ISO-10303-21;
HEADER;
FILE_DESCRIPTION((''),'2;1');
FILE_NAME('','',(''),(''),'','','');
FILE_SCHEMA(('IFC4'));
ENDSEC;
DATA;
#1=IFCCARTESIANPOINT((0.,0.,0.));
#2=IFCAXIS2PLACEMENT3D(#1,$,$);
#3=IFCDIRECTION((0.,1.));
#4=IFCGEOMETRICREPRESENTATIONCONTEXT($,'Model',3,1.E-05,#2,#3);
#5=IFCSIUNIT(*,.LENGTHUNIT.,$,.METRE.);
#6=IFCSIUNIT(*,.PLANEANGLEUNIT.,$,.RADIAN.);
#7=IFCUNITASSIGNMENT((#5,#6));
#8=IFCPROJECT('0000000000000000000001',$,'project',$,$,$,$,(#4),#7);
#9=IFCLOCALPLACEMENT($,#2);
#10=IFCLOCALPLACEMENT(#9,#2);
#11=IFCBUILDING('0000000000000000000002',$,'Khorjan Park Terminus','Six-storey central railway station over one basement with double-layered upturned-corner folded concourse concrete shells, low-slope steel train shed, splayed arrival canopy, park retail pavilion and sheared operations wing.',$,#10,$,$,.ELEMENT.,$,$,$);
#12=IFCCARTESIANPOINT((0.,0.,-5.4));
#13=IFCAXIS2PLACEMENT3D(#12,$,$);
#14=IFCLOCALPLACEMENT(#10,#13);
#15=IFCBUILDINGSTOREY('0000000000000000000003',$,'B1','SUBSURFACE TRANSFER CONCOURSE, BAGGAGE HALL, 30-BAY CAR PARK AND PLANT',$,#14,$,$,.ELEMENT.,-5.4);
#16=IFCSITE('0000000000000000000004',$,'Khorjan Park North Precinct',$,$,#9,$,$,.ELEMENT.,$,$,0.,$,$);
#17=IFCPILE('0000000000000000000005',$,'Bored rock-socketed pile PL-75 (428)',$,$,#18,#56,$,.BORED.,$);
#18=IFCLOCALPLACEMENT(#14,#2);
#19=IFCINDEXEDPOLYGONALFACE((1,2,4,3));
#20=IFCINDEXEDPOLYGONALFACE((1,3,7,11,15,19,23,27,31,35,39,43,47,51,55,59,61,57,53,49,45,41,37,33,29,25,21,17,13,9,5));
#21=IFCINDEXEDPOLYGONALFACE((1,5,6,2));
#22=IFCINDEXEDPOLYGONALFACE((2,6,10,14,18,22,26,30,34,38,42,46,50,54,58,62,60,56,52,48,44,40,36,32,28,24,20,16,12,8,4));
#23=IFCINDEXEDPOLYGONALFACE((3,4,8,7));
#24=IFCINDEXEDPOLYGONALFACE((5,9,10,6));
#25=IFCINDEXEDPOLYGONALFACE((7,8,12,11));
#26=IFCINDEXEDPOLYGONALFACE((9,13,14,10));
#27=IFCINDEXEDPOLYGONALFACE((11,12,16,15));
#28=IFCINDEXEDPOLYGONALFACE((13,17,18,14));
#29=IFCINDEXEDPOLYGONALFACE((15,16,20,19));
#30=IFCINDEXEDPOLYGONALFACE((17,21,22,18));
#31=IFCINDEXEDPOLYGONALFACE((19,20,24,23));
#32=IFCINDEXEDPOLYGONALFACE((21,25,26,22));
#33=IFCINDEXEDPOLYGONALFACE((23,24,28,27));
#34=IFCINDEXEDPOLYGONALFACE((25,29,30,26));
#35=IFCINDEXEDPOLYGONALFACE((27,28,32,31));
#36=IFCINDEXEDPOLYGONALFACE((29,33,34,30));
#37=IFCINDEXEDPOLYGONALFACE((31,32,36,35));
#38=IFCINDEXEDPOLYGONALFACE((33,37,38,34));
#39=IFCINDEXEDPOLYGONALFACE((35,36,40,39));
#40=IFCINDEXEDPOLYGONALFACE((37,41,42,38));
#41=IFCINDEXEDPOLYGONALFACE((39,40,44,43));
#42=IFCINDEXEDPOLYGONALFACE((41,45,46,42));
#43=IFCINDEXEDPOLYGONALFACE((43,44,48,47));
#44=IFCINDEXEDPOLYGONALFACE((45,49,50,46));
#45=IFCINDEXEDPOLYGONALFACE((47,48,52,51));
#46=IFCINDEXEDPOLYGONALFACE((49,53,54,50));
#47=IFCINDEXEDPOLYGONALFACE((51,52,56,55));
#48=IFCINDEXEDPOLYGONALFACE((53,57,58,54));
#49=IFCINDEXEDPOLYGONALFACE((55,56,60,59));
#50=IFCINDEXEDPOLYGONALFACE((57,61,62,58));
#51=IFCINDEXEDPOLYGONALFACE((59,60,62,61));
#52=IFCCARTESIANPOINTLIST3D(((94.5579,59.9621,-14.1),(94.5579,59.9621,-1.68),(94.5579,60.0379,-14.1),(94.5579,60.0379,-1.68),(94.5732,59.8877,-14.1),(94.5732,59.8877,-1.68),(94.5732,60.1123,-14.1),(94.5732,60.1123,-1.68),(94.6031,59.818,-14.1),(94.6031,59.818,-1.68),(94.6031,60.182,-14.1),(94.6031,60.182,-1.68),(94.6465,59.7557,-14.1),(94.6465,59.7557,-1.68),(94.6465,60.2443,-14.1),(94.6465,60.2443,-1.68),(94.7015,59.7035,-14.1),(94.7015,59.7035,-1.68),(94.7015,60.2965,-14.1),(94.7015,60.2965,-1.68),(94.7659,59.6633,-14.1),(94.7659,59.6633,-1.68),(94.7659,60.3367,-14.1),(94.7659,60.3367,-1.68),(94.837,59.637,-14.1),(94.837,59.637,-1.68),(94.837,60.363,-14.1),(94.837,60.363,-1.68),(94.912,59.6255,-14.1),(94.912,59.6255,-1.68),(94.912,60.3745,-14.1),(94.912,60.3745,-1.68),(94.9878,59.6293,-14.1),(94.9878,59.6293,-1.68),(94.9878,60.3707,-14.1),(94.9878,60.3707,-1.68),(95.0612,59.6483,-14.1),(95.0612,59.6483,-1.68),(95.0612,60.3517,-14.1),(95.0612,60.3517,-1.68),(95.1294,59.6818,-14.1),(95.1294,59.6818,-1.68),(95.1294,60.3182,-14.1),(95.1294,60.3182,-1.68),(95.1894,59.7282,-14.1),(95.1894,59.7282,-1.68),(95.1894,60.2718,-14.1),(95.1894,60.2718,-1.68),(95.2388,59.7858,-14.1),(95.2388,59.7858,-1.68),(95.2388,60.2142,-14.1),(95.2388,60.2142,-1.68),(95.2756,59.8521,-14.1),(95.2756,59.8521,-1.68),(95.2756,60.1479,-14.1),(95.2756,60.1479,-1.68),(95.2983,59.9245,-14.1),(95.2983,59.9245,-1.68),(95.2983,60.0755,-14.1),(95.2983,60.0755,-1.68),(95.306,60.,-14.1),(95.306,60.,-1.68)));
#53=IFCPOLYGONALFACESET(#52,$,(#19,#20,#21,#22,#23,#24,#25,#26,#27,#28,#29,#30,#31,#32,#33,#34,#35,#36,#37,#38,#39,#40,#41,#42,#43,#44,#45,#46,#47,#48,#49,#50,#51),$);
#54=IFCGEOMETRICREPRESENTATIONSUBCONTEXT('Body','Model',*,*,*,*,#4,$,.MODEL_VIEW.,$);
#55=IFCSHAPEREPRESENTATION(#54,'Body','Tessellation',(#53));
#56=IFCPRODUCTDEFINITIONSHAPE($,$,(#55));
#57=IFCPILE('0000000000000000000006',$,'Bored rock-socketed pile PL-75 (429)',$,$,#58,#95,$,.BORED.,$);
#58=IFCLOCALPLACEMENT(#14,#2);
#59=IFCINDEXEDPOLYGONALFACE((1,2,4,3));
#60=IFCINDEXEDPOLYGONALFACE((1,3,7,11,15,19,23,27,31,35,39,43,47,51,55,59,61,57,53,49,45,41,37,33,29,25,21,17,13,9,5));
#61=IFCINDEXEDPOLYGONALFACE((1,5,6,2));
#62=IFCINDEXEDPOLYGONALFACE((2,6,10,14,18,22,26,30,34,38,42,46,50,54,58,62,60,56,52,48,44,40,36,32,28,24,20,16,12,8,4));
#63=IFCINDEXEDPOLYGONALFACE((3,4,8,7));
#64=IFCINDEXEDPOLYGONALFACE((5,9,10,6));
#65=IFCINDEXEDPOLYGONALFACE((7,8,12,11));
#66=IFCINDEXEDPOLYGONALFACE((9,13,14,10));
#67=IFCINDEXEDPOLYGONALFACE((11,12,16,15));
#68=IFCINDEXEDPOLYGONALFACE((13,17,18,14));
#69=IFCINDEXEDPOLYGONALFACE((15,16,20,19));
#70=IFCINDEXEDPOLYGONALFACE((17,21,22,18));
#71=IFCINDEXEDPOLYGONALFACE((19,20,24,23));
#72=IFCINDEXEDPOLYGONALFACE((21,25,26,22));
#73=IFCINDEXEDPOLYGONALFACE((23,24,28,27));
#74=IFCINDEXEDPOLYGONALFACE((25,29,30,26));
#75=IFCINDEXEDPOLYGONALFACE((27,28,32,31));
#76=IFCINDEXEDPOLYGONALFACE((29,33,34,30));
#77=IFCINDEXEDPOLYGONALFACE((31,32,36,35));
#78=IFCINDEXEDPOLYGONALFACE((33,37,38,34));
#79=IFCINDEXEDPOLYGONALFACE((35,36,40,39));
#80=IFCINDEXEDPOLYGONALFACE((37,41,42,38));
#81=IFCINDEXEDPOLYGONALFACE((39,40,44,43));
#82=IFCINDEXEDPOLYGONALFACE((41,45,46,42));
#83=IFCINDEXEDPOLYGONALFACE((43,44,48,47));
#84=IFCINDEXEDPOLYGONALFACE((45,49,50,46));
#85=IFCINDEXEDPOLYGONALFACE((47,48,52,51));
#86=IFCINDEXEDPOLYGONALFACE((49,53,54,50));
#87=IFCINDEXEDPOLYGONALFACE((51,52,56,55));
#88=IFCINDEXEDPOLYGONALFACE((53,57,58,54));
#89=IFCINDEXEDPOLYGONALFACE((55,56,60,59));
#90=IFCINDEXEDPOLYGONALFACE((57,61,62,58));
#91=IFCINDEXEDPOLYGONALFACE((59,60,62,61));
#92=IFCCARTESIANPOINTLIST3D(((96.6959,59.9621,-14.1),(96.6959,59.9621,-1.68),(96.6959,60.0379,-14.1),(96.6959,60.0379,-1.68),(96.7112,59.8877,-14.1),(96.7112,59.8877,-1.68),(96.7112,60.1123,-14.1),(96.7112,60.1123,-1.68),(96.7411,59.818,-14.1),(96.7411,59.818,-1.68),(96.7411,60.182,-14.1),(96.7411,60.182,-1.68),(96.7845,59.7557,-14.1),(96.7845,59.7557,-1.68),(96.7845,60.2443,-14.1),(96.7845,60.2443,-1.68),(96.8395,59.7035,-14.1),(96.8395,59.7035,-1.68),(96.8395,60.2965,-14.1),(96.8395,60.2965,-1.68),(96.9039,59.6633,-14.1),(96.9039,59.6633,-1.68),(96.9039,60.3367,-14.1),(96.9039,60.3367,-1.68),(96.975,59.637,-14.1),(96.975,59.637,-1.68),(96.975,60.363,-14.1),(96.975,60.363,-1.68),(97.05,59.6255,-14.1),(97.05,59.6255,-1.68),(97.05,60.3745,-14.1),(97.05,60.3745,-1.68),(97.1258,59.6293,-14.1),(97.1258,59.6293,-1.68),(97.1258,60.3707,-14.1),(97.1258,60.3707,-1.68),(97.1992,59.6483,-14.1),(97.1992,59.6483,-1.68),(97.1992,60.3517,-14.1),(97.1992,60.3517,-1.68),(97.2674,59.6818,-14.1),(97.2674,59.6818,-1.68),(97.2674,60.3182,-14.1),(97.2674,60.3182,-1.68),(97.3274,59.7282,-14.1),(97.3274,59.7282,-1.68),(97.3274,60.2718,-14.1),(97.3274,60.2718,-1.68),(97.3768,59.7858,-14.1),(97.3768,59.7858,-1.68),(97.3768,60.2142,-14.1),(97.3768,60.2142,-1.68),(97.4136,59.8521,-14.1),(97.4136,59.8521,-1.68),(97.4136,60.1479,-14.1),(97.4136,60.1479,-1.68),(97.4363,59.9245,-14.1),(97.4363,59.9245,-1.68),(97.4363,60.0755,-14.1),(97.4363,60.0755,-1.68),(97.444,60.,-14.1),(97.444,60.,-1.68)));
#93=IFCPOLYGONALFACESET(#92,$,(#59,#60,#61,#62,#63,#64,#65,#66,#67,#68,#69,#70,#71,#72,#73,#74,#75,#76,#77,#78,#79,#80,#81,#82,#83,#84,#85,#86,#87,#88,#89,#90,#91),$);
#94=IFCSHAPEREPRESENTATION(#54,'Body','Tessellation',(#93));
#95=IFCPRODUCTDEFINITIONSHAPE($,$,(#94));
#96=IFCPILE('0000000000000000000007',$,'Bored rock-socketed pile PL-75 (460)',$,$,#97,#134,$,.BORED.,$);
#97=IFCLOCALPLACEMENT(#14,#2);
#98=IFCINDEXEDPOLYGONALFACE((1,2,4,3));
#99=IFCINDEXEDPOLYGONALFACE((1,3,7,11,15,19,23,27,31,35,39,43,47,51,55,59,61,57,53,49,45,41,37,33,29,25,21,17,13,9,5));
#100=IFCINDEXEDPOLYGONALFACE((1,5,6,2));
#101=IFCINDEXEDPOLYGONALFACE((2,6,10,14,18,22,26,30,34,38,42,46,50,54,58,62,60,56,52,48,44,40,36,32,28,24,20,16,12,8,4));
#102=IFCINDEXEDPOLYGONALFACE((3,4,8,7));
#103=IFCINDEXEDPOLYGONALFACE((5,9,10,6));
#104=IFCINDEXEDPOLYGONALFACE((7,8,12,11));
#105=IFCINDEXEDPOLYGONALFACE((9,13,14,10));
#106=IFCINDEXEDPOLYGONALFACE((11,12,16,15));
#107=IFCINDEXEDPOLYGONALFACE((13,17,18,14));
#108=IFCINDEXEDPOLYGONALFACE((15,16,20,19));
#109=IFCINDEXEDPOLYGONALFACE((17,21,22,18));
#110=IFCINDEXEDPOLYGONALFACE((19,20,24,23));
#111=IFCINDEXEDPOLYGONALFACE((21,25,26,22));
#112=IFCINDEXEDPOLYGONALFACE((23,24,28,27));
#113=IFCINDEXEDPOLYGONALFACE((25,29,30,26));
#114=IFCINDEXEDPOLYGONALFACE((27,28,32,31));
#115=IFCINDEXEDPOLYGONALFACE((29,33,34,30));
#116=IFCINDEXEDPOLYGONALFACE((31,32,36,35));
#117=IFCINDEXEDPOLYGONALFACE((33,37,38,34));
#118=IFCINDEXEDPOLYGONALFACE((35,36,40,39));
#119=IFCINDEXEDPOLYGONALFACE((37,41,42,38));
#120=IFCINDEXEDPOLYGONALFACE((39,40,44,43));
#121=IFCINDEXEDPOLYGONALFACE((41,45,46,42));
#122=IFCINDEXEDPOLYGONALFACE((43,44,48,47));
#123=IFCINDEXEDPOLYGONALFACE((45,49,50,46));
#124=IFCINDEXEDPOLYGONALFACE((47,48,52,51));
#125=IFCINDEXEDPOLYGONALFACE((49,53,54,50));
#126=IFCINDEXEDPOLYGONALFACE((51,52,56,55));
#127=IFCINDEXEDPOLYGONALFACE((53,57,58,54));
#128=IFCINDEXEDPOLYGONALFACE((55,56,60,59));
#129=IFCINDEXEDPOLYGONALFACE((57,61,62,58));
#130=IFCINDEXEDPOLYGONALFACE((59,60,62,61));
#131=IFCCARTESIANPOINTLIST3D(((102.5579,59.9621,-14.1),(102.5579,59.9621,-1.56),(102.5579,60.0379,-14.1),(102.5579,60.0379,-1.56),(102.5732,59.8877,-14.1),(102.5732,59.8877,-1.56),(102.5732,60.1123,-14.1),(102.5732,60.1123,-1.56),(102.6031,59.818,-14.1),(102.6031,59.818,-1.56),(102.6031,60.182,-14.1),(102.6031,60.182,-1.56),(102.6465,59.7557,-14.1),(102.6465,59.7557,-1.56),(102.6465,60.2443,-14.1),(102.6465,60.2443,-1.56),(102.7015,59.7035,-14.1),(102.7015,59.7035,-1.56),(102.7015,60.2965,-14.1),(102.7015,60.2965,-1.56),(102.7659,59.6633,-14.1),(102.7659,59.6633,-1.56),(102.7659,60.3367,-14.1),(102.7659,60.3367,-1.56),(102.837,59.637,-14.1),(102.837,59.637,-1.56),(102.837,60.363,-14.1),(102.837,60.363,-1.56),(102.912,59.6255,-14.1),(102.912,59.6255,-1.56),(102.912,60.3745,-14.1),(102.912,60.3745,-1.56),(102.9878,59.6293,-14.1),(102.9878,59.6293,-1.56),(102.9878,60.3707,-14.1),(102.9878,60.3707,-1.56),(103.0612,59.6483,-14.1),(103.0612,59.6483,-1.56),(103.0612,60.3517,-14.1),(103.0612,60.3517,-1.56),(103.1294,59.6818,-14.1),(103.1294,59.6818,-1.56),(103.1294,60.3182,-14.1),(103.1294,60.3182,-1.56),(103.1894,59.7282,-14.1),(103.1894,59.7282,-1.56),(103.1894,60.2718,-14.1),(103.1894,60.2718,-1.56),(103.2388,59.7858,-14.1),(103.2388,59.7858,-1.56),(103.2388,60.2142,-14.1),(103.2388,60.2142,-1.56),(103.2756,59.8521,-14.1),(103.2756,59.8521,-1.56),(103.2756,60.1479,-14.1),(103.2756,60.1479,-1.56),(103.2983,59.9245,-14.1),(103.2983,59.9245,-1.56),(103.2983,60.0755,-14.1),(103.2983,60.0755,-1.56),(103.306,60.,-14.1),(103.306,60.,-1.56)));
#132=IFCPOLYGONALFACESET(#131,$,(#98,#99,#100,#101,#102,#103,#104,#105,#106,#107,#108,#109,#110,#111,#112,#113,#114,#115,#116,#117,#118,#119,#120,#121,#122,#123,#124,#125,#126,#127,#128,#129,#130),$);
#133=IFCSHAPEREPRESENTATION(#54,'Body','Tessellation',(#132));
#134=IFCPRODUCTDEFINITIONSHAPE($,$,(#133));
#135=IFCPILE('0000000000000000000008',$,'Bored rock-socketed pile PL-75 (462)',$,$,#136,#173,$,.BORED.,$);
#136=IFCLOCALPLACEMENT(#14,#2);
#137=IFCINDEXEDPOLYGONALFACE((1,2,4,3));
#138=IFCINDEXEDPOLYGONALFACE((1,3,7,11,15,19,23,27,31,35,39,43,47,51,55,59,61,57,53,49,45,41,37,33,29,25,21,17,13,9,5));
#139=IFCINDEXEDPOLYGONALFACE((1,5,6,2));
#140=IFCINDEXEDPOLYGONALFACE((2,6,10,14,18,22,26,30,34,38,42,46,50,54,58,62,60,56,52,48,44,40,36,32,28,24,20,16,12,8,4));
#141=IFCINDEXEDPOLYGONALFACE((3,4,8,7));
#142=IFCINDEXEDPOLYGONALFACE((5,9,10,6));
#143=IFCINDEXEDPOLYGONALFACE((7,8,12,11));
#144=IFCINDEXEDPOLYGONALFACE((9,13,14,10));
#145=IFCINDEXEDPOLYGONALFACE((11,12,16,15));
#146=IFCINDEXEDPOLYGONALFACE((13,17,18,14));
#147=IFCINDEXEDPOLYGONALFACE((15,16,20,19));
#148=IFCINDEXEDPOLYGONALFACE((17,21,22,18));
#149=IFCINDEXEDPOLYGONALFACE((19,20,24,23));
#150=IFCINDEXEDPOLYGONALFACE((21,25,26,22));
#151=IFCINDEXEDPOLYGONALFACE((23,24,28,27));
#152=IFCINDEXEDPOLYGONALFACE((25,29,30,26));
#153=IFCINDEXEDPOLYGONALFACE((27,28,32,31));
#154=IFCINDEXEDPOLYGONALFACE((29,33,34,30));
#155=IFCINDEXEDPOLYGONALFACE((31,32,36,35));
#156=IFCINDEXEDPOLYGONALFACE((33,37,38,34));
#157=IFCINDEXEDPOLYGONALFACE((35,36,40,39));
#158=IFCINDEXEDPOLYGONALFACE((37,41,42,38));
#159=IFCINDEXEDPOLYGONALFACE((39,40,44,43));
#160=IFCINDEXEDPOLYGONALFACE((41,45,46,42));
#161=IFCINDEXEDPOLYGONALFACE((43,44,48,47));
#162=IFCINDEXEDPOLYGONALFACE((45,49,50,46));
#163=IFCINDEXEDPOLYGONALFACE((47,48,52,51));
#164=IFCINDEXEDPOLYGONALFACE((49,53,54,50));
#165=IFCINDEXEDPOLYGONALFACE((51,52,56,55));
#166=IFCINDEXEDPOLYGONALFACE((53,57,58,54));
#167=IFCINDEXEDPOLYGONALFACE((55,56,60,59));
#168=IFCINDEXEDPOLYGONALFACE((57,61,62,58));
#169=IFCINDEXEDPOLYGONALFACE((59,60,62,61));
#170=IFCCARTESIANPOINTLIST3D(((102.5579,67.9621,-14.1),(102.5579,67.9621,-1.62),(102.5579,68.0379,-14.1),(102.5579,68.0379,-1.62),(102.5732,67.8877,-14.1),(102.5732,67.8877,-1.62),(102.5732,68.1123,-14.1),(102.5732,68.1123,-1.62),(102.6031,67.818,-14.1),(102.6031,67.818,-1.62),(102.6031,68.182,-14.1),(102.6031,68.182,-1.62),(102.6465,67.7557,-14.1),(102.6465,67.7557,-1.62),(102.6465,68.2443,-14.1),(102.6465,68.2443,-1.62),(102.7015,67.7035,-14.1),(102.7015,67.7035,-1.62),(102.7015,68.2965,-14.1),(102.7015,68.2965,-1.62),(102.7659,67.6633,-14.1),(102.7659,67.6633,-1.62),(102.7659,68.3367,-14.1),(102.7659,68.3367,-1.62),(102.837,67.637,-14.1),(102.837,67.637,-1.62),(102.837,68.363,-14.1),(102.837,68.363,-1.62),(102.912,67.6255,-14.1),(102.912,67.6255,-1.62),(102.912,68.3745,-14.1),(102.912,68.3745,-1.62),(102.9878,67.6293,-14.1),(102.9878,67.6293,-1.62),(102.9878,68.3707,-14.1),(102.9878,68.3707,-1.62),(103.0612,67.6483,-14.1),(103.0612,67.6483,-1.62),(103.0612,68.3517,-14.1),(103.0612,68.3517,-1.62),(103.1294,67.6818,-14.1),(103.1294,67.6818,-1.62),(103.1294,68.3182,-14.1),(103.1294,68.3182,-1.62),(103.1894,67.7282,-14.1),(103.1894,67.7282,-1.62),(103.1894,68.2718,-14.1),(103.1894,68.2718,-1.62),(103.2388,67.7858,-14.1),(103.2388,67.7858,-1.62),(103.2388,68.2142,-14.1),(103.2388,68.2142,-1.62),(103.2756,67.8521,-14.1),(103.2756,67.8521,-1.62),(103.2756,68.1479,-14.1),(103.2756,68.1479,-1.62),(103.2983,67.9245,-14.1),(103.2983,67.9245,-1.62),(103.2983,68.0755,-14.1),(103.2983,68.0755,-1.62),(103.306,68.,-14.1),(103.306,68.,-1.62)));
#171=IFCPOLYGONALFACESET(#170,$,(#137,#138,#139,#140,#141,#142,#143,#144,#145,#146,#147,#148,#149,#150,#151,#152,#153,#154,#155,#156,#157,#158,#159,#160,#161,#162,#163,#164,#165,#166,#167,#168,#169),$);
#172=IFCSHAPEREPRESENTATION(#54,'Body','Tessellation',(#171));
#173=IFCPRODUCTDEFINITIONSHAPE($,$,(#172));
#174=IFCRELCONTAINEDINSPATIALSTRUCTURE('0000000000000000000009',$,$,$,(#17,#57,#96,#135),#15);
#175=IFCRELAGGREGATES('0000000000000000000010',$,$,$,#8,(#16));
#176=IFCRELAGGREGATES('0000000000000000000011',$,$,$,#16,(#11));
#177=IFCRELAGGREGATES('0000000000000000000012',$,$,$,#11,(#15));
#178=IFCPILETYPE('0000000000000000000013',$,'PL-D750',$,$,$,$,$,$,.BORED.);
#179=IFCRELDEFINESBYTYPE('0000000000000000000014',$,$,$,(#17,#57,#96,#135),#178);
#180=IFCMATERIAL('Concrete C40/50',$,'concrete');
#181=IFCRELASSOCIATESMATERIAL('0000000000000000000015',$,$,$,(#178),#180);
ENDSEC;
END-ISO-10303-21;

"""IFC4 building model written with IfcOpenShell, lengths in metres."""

from ifc_helpers import new_model, si_unit, direction, frame, origin, origin_2d, place, context, subcontext, project, spatial, circle, extrude, material, material_profile, profile_set, type_object, element, save


model = new_model("IFC4")

# Units and contexts
model_context = context("Model", 3, precision=1e-05, world=origin(), true_north=direction((0.0, 1.0)))
body_context = subcontext(model_context, "Body", "Model", "MODEL_VIEW")
ifc_project = project(units=[si_unit("LENGTHUNIT", "METRE"), si_unit("PLANEANGLEUNIT", "RADIAN")], contexts=[model_context])

# Site, building, storey
site_placement = place(None, origin())
site = spatial("IfcSite", under=ifc_project, at=site_placement, Name="Khorjan Park North Precinct", CompositionType="ELEMENT", RefElevation=0.0)
building_placement = place(site_placement, origin())
building = spatial("IfcBuilding", under=site, at=building_placement, Name="Khorjan Park Terminus", Description="Six-storey central railway station over one basement with double-layered upturned-corner folded concourse concrete shells, low-slope steel train shed, splayed arrival canopy, park retail pavilion and sheared operations wing.", CompositionType="ELEMENT")
storey_placement = place(building_placement, frame((0.0, 0.0, -5.4)))
storey = spatial("IfcBuildingStorey", under=building, at=storey_placement, Name="B1", Description="SUBSURFACE TRANSFER CONCOURSE, BAGGAGE HALL, 30-BAY CAR PARK AND PLANT", CompositionType="ELEMENT", Elevation=-5.4)

# Shared definitions
ifc_material_1 = material(Name="Concrete C40/50", Category="concrete")

# Piles
ifc_material_profile_1 = material_profile(ifc_material_1, circle(Radius=0.375, at=origin_2d()), Name="BORED D750")
ifc_profile_set_1 = profile_set([ifc_material_profile_1], Name="Concrete C40/50")
pile_type_1 = type_object("IfcPileType", Name="PL-D750", PredefinedType="BORED", material=ifc_profile_set_1)
for number, where, z_axis, x_axis, name in (
    (1, (94.931, 60.0, -1.68), (0.0, 0.0, -1.0), (1.0, 0.0, 0.0), "Bored rock-socketed pile PL-75 (428)"),
    (2, (97.069, 60.0, -1.68), (0.0, 0.0, -1.0), (1.0, 0.0, 0.0), "Bored rock-socketed pile PL-75 (429)"),
):
    element("IfcPile", number, at=place(storey_placement, frame(where, z_axis=z_axis, x_axis=x_axis)), inside=storey, type_object=pile_type_1, Name=name, PredefinedType="BORED", context=body_context, shape_type="SweptSolid", body=[
        extrude(circle(Radius=0.375, at=origin_2d()), origin(), (0.0, 0.0, 1.0), 12.42),
    ])
pile_1_placement = place(storey_placement, frame((102.931, 60.0, -1.56), z_axis=(0.0, 0.0, -1.0), x_axis=(1.0, 0.0, 0.0)))
element("IfcPile", 3, at=pile_1_placement, inside=storey, type_object=pile_type_1, Name="Bored rock-socketed pile PL-75 (460)", PredefinedType="BORED", context=body_context, shape_type="SweptSolid", body=[
    extrude(circle(Radius=0.375, at=origin_2d()), origin(), (0.0, 0.0, 1.0), 12.54),
])
pile_2_placement = place(storey_placement, frame((102.931, 68.0, -1.62), z_axis=(0.0, 0.0, -1.0), x_axis=(1.0, 0.0, 0.0)))
element("IfcPile", 4, at=pile_2_placement, inside=storey, type_object=pile_type_1, Name="Bored rock-socketed pile PL-75 (462)", PredefinedType="BORED", context=body_context, shape_type="SweptSolid", body=[
    extrude(circle(Radius=0.375, at=origin_2d()), origin(), (0.0, 0.0, 1.0), 12.48),
])

save(model, "model.ifc")
